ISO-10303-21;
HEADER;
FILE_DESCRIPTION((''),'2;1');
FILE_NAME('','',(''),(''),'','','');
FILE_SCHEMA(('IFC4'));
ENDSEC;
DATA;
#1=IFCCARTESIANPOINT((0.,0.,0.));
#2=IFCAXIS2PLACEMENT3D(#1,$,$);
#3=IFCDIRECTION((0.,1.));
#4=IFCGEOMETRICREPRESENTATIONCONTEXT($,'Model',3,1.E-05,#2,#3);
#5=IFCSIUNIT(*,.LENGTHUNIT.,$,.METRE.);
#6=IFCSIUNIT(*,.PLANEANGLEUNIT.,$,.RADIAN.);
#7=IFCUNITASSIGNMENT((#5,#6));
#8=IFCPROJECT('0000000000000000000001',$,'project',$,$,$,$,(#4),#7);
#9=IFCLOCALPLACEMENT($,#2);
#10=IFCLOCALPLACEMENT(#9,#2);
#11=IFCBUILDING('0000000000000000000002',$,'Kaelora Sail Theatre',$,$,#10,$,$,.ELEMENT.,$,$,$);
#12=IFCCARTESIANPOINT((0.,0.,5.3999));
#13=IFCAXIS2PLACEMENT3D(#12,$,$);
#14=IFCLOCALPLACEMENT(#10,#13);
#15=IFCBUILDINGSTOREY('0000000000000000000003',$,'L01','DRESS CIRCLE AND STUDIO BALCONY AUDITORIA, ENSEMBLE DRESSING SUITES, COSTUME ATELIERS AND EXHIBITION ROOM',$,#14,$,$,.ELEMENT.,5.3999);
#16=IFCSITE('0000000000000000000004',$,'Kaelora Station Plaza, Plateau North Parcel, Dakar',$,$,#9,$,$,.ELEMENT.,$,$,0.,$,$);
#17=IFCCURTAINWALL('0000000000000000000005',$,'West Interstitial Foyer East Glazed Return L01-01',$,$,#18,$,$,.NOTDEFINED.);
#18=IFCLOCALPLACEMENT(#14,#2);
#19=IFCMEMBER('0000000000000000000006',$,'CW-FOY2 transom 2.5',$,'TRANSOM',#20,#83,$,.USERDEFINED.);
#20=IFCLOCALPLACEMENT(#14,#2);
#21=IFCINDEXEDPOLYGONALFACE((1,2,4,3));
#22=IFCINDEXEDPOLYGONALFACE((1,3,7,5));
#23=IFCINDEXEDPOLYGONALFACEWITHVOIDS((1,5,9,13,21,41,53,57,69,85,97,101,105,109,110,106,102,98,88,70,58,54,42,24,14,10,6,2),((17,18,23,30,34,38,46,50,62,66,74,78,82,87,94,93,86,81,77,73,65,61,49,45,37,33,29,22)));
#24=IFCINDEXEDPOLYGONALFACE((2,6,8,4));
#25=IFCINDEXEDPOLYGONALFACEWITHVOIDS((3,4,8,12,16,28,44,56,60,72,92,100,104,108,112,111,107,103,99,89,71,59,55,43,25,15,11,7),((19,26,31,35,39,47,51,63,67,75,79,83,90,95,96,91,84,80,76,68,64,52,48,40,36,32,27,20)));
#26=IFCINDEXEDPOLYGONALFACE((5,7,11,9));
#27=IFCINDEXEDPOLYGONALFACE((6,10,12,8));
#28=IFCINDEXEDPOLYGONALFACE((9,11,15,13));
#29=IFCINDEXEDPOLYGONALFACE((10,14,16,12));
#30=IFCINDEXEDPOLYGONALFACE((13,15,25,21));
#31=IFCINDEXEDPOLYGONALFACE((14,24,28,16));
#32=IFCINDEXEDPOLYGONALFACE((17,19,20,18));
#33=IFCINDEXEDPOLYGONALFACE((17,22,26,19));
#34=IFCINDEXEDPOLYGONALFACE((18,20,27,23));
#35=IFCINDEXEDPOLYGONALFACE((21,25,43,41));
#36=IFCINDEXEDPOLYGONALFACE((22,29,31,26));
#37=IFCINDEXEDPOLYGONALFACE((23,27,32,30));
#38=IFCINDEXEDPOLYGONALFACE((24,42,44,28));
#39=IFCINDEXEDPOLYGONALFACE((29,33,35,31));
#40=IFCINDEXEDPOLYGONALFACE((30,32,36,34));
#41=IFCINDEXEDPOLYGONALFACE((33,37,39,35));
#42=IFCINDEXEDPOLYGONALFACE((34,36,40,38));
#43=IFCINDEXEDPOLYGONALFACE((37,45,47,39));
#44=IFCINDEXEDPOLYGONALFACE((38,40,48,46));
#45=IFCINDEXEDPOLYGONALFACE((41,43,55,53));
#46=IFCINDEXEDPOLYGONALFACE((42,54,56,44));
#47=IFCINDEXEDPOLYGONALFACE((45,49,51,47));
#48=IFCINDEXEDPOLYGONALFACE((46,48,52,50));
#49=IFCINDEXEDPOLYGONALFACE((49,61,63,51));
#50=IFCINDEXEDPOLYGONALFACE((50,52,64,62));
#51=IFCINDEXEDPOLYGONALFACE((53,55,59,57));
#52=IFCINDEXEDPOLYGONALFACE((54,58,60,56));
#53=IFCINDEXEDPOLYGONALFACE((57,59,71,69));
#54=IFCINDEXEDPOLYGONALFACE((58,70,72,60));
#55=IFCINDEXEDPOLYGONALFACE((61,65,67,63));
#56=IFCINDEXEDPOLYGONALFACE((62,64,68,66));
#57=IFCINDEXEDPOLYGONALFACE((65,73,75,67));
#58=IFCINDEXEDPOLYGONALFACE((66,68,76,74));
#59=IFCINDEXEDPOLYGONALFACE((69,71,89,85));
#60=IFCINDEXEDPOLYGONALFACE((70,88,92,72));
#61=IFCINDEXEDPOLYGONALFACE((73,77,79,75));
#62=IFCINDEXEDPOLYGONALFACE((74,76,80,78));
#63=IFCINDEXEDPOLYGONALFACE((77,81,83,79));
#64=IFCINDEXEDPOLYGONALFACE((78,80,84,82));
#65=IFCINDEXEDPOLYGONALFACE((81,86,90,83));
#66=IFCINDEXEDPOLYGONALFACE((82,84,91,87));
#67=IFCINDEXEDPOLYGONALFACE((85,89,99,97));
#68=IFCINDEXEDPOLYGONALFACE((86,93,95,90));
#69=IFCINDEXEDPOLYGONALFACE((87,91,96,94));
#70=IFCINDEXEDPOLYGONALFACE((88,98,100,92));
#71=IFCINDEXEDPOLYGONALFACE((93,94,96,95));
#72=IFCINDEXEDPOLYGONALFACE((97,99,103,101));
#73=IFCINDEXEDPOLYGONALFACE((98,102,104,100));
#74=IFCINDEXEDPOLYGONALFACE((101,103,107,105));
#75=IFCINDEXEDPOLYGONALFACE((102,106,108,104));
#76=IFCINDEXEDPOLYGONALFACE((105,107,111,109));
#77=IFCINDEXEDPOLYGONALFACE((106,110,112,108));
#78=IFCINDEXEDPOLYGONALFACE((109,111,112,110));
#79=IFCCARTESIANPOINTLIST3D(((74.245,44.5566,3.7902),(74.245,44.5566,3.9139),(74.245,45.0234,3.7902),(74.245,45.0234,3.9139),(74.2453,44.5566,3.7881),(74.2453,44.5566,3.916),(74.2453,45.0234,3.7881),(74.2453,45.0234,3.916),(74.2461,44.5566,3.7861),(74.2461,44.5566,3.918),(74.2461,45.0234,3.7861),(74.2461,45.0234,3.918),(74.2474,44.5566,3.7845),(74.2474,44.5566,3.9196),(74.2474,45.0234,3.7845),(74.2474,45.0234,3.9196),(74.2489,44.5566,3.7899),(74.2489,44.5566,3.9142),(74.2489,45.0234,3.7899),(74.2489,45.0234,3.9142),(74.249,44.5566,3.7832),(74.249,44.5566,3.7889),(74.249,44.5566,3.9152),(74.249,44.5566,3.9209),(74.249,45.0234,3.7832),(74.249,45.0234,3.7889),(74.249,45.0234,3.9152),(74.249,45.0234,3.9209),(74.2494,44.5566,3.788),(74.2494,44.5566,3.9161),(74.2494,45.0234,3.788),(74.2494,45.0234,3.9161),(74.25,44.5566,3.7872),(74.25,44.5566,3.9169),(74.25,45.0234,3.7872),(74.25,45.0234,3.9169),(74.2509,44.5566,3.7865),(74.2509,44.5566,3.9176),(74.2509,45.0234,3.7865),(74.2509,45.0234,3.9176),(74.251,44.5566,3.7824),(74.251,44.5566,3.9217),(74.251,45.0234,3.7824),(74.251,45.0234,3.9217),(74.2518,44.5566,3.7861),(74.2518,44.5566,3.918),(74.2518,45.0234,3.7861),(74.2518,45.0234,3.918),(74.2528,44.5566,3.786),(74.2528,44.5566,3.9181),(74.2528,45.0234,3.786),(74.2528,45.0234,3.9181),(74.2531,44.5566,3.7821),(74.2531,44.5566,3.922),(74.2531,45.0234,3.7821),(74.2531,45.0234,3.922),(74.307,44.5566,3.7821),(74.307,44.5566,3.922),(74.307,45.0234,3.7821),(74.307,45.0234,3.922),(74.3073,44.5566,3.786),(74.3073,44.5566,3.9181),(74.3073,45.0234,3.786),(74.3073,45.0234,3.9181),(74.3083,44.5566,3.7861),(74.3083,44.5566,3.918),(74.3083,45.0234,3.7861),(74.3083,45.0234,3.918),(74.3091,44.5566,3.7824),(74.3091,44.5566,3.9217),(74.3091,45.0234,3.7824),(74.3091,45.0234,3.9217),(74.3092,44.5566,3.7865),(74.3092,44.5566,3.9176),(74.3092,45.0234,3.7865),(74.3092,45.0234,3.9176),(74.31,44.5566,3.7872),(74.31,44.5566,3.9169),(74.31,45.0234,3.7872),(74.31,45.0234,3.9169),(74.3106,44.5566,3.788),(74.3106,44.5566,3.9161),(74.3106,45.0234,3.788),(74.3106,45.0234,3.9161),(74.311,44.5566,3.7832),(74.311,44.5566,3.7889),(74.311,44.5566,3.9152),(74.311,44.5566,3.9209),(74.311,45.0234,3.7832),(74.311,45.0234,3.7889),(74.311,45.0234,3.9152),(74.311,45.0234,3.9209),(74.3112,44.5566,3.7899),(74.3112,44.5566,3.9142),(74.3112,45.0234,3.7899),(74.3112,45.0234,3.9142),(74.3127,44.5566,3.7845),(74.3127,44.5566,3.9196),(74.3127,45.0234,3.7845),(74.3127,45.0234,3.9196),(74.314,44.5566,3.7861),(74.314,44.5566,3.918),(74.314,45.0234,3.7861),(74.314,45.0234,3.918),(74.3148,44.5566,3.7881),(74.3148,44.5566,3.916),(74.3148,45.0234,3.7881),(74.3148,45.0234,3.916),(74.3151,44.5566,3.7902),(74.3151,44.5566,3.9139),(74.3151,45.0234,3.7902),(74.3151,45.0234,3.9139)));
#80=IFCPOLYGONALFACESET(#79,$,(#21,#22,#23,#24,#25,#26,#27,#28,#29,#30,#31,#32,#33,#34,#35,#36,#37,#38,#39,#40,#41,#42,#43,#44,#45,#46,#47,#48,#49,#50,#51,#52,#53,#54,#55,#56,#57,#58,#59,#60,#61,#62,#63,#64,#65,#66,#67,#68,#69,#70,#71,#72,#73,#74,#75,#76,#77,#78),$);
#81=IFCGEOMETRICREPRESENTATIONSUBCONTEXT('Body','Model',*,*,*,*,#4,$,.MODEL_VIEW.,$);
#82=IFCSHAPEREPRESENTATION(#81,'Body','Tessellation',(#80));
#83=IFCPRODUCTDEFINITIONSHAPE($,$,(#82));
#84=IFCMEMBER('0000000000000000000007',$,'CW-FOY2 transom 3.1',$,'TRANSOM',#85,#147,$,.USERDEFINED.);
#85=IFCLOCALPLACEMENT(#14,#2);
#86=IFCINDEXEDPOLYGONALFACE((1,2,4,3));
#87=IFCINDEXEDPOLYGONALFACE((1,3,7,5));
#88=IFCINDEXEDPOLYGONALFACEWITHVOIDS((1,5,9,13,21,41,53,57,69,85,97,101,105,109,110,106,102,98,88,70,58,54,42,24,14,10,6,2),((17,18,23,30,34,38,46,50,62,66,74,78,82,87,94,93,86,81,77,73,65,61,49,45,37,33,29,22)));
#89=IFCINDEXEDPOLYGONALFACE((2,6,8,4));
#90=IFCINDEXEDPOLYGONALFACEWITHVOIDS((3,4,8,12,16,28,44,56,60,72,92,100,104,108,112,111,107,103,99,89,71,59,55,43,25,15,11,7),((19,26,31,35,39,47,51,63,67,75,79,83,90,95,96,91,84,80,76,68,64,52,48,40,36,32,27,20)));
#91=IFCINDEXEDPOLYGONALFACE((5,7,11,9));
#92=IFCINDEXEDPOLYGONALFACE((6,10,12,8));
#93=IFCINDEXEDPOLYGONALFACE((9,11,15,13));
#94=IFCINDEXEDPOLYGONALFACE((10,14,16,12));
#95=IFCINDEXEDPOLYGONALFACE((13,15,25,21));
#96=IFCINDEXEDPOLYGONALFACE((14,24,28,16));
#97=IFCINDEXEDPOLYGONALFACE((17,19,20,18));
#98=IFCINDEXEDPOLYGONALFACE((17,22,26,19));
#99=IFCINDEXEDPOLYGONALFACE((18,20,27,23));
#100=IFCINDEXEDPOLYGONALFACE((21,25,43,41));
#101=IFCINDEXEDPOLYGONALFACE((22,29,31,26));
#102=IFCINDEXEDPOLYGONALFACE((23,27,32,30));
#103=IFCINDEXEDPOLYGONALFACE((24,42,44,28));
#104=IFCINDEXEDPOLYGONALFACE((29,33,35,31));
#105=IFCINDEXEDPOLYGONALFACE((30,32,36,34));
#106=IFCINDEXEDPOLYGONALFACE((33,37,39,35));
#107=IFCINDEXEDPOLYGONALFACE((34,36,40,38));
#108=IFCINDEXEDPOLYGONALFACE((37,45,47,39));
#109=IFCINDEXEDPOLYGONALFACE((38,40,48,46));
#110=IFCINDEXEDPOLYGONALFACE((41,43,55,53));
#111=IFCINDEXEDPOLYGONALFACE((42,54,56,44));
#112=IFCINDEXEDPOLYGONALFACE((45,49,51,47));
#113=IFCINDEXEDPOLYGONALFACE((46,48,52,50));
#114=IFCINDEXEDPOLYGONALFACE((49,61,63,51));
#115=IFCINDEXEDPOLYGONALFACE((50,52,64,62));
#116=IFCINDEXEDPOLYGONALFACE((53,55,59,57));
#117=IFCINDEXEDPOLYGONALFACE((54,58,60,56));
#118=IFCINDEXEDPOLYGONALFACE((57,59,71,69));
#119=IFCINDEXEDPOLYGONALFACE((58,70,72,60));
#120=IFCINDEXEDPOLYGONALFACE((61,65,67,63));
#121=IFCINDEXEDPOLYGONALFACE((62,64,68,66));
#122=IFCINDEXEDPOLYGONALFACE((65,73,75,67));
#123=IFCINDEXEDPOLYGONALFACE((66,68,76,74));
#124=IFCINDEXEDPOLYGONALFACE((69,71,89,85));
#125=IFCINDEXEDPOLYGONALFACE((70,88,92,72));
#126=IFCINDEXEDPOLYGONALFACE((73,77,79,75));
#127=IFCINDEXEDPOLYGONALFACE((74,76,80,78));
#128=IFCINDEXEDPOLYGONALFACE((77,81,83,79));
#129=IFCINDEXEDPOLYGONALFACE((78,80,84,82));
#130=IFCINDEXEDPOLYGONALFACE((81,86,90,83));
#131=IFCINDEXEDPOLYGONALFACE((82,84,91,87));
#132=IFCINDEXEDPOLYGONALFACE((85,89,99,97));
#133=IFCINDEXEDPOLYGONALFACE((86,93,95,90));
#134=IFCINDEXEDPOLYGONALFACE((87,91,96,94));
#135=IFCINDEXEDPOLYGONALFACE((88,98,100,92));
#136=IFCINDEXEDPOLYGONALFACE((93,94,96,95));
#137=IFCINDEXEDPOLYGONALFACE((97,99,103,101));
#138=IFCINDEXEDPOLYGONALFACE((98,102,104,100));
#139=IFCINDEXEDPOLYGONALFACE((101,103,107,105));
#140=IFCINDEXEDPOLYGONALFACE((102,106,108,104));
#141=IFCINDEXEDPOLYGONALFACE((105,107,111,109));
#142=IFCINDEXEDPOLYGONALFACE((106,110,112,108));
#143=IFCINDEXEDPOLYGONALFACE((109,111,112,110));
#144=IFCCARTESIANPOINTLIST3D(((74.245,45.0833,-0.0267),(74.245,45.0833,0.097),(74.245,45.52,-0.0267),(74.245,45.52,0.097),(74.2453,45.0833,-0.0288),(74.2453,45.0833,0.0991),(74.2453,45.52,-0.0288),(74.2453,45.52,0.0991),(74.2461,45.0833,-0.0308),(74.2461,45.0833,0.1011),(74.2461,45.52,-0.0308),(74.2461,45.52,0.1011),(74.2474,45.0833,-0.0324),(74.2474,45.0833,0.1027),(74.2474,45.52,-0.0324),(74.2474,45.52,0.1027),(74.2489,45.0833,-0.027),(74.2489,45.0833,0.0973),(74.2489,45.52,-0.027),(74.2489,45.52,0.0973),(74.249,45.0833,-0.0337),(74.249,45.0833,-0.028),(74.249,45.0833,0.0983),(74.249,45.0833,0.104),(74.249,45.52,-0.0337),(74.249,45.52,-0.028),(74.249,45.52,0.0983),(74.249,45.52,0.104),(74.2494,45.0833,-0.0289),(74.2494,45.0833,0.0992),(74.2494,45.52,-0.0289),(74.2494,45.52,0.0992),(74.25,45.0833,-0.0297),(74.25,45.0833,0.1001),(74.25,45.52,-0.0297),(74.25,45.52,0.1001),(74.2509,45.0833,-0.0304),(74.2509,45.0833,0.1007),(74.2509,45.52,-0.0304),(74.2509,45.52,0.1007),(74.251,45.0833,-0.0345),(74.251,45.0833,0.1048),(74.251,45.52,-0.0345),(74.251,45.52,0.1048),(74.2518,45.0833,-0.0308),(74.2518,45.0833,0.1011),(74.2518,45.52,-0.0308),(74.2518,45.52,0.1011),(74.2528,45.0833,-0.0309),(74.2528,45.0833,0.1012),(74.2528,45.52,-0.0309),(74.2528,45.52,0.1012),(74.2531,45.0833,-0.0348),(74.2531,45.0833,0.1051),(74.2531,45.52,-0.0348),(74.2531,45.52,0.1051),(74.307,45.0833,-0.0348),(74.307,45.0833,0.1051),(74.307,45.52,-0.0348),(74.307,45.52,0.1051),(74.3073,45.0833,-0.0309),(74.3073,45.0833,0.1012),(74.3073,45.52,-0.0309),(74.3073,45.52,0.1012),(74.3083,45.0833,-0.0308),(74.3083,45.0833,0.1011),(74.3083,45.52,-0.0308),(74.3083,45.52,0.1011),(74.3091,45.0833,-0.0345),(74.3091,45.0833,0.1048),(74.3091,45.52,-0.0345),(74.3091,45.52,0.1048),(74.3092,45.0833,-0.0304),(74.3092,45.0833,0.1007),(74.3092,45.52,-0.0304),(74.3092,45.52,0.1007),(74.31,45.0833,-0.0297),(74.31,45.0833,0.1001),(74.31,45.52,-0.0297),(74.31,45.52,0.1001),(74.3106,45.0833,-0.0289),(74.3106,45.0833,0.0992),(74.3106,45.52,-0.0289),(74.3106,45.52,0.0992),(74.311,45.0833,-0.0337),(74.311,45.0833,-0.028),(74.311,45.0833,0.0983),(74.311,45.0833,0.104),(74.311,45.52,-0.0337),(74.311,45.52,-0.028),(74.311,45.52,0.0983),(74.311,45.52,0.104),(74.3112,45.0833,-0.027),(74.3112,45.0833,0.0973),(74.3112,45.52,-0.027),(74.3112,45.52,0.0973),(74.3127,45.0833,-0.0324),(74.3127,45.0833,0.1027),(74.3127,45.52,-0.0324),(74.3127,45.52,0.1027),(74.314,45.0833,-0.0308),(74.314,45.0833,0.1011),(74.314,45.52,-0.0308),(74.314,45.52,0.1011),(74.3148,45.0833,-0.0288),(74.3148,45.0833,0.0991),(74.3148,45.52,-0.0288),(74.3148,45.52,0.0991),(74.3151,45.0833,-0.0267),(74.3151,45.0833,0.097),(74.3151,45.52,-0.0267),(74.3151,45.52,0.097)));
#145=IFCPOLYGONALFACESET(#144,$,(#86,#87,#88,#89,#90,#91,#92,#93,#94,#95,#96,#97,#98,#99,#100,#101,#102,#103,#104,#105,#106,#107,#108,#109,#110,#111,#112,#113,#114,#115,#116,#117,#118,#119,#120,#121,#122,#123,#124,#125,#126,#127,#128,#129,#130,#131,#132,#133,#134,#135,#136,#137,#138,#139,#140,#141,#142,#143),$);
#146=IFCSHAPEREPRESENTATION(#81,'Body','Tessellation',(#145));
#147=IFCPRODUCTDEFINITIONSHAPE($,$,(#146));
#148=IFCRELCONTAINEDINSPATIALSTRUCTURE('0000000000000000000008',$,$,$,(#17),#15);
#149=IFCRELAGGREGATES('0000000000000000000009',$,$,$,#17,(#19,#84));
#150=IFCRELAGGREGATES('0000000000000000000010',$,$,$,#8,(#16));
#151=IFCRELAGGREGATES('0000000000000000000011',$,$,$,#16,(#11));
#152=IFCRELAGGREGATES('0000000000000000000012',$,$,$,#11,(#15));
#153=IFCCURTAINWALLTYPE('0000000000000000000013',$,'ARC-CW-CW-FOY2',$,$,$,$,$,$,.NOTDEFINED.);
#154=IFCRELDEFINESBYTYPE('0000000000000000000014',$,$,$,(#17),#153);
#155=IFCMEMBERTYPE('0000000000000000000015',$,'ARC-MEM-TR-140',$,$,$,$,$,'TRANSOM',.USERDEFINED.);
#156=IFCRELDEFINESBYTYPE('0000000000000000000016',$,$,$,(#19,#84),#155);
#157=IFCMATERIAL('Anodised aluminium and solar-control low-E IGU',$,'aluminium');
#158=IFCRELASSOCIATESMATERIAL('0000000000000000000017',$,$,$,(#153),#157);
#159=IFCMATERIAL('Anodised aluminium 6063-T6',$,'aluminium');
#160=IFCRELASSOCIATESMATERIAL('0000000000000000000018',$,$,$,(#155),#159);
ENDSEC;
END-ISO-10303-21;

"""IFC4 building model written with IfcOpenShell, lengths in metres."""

from ifc_helpers import new_model, si_unit, direction, frame, origin, origin_2d, place, context, subcontext, project, spatial, hollow_rectangle, extrude, material, material_profile, profile_set, type_object, element, aggregate, save


model = new_model("IFC4")

# Units and contexts
model_context = context("Model", 3, precision=1e-05, world=origin(), true_north=direction((0.0, 1.0)))
body_context = subcontext(model_context, "Body", "Model", "MODEL_VIEW")
ifc_project = project(units=[si_unit("LENGTHUNIT", "METRE"), si_unit("PLANEANGLEUNIT", "RADIAN")], contexts=[model_context])

# Site, building, storey
site_placement = place(None, origin())
site = spatial("IfcSite", under=ifc_project, at=site_placement, Name="Kaelora Station Plaza, Plateau North Parcel, Dakar", CompositionType="ELEMENT", RefElevation=0.0)
building_placement = place(site_placement, origin())
building = spatial("IfcBuilding", under=site, at=building_placement, Name="Kaelora Sail Theatre", CompositionType="ELEMENT")
storey_placement = place(building_placement, frame((0.0, 0.0, 5.3999)))
storey = spatial("IfcBuildingStorey", under=building, at=storey_placement, Name="L01", Description="DRESS CIRCLE AND STUDIO BALCONY AUDITORIA, ENSEMBLE DRESSING SUITES, COSTUME ATELIERS AND EXHIBITION ROOM", CompositionType="ELEMENT", Elevation=5.3999)

# Curtain wall, members
ifc_material_1 = material(Name="Anodised aluminium and solar-control low-E IGU", Category="aluminium")
curtain_wall_type = type_object("IfcCurtainWallType", Name="ARC-CW-CW-FOY2", PredefinedType="NOTDEFINED", material=ifc_material_1)
curtain_wall_placement = place(storey_placement, origin())
curtain_wall = element("IfcCurtainWall", 1, at=curtain_wall_placement, inside=storey, type_object=curtain_wall_type, Name="West Interstitial Foyer East Glazed Return L01-01", PredefinedType="NOTDEFINED")
ifc_material_2 = material(Name="Anodised aluminium 6063-T6", Category="aluminium")
ifc_material_profile_1 = material_profile(ifc_material_2, hollow_rectangle(XDim=0.0701, YDim=0.1399, WallThickness=0.0039, InnerFilletRadius=0.0039, OuterFilletRadius=0.0081, at=origin_2d()), Name="ALU-TRAN 70x140x4")
ifc_profile_set_1 = profile_set([ifc_material_profile_1], Name="Anodised aluminium 6063-T6")
member_type_1 = type_object("IfcMemberType", Name="ARC-MEM-TR-140", ElementType="TRANSOM", PredefinedType="USERDEFINED", material=ifc_profile_set_1)
member_1_placement = place(storey_placement, frame((74.28, 44.5566, 3.8521), z_axis=(0.0, 1.0, 0.0), x_axis=(-1.0, 0.0, 0.0)))
member_1 = element("IfcMember", 2, at=member_1_placement, type_object=member_type_1, Name="CW-FOY2 transom 2.5", ObjectType="TRANSOM", PredefinedType="USERDEFINED", context=body_context, shape_type="SweptSolid", body=[
    extrude(hollow_rectangle(XDim=0.0701, YDim=0.1399, WallThickness=0.0039, InnerFilletRadius=0.0039, OuterFilletRadius=0.0081, at=origin_2d()), origin(), (0.0, 0.0, 1.0), 0.4668),
])
member_2_placement = place(storey_placement, frame((74.28, 45.0833, 0.0352), z_axis=(0.0, 1.0, 0.0), x_axis=(-1.0, 0.0, 0.0)))
member_2 = element("IfcMember", 3, at=member_2_placement, type_object=member_type_1, Name="CW-FOY2 transom 3.1", ObjectType="TRANSOM", PredefinedType="USERDEFINED", context=body_context, shape_type="SweptSolid", body=[
    extrude(hollow_rectangle(XDim=0.0701, YDim=0.1399, WallThickness=0.0039, InnerFilletRadius=0.0039, OuterFilletRadius=0.0081, at=origin_2d()), origin(), (0.0, 0.0, 1.0), 0.4368),
])

aggregate(curtain_wall, [member_1, member_2])

save(model, "model.ifc")
